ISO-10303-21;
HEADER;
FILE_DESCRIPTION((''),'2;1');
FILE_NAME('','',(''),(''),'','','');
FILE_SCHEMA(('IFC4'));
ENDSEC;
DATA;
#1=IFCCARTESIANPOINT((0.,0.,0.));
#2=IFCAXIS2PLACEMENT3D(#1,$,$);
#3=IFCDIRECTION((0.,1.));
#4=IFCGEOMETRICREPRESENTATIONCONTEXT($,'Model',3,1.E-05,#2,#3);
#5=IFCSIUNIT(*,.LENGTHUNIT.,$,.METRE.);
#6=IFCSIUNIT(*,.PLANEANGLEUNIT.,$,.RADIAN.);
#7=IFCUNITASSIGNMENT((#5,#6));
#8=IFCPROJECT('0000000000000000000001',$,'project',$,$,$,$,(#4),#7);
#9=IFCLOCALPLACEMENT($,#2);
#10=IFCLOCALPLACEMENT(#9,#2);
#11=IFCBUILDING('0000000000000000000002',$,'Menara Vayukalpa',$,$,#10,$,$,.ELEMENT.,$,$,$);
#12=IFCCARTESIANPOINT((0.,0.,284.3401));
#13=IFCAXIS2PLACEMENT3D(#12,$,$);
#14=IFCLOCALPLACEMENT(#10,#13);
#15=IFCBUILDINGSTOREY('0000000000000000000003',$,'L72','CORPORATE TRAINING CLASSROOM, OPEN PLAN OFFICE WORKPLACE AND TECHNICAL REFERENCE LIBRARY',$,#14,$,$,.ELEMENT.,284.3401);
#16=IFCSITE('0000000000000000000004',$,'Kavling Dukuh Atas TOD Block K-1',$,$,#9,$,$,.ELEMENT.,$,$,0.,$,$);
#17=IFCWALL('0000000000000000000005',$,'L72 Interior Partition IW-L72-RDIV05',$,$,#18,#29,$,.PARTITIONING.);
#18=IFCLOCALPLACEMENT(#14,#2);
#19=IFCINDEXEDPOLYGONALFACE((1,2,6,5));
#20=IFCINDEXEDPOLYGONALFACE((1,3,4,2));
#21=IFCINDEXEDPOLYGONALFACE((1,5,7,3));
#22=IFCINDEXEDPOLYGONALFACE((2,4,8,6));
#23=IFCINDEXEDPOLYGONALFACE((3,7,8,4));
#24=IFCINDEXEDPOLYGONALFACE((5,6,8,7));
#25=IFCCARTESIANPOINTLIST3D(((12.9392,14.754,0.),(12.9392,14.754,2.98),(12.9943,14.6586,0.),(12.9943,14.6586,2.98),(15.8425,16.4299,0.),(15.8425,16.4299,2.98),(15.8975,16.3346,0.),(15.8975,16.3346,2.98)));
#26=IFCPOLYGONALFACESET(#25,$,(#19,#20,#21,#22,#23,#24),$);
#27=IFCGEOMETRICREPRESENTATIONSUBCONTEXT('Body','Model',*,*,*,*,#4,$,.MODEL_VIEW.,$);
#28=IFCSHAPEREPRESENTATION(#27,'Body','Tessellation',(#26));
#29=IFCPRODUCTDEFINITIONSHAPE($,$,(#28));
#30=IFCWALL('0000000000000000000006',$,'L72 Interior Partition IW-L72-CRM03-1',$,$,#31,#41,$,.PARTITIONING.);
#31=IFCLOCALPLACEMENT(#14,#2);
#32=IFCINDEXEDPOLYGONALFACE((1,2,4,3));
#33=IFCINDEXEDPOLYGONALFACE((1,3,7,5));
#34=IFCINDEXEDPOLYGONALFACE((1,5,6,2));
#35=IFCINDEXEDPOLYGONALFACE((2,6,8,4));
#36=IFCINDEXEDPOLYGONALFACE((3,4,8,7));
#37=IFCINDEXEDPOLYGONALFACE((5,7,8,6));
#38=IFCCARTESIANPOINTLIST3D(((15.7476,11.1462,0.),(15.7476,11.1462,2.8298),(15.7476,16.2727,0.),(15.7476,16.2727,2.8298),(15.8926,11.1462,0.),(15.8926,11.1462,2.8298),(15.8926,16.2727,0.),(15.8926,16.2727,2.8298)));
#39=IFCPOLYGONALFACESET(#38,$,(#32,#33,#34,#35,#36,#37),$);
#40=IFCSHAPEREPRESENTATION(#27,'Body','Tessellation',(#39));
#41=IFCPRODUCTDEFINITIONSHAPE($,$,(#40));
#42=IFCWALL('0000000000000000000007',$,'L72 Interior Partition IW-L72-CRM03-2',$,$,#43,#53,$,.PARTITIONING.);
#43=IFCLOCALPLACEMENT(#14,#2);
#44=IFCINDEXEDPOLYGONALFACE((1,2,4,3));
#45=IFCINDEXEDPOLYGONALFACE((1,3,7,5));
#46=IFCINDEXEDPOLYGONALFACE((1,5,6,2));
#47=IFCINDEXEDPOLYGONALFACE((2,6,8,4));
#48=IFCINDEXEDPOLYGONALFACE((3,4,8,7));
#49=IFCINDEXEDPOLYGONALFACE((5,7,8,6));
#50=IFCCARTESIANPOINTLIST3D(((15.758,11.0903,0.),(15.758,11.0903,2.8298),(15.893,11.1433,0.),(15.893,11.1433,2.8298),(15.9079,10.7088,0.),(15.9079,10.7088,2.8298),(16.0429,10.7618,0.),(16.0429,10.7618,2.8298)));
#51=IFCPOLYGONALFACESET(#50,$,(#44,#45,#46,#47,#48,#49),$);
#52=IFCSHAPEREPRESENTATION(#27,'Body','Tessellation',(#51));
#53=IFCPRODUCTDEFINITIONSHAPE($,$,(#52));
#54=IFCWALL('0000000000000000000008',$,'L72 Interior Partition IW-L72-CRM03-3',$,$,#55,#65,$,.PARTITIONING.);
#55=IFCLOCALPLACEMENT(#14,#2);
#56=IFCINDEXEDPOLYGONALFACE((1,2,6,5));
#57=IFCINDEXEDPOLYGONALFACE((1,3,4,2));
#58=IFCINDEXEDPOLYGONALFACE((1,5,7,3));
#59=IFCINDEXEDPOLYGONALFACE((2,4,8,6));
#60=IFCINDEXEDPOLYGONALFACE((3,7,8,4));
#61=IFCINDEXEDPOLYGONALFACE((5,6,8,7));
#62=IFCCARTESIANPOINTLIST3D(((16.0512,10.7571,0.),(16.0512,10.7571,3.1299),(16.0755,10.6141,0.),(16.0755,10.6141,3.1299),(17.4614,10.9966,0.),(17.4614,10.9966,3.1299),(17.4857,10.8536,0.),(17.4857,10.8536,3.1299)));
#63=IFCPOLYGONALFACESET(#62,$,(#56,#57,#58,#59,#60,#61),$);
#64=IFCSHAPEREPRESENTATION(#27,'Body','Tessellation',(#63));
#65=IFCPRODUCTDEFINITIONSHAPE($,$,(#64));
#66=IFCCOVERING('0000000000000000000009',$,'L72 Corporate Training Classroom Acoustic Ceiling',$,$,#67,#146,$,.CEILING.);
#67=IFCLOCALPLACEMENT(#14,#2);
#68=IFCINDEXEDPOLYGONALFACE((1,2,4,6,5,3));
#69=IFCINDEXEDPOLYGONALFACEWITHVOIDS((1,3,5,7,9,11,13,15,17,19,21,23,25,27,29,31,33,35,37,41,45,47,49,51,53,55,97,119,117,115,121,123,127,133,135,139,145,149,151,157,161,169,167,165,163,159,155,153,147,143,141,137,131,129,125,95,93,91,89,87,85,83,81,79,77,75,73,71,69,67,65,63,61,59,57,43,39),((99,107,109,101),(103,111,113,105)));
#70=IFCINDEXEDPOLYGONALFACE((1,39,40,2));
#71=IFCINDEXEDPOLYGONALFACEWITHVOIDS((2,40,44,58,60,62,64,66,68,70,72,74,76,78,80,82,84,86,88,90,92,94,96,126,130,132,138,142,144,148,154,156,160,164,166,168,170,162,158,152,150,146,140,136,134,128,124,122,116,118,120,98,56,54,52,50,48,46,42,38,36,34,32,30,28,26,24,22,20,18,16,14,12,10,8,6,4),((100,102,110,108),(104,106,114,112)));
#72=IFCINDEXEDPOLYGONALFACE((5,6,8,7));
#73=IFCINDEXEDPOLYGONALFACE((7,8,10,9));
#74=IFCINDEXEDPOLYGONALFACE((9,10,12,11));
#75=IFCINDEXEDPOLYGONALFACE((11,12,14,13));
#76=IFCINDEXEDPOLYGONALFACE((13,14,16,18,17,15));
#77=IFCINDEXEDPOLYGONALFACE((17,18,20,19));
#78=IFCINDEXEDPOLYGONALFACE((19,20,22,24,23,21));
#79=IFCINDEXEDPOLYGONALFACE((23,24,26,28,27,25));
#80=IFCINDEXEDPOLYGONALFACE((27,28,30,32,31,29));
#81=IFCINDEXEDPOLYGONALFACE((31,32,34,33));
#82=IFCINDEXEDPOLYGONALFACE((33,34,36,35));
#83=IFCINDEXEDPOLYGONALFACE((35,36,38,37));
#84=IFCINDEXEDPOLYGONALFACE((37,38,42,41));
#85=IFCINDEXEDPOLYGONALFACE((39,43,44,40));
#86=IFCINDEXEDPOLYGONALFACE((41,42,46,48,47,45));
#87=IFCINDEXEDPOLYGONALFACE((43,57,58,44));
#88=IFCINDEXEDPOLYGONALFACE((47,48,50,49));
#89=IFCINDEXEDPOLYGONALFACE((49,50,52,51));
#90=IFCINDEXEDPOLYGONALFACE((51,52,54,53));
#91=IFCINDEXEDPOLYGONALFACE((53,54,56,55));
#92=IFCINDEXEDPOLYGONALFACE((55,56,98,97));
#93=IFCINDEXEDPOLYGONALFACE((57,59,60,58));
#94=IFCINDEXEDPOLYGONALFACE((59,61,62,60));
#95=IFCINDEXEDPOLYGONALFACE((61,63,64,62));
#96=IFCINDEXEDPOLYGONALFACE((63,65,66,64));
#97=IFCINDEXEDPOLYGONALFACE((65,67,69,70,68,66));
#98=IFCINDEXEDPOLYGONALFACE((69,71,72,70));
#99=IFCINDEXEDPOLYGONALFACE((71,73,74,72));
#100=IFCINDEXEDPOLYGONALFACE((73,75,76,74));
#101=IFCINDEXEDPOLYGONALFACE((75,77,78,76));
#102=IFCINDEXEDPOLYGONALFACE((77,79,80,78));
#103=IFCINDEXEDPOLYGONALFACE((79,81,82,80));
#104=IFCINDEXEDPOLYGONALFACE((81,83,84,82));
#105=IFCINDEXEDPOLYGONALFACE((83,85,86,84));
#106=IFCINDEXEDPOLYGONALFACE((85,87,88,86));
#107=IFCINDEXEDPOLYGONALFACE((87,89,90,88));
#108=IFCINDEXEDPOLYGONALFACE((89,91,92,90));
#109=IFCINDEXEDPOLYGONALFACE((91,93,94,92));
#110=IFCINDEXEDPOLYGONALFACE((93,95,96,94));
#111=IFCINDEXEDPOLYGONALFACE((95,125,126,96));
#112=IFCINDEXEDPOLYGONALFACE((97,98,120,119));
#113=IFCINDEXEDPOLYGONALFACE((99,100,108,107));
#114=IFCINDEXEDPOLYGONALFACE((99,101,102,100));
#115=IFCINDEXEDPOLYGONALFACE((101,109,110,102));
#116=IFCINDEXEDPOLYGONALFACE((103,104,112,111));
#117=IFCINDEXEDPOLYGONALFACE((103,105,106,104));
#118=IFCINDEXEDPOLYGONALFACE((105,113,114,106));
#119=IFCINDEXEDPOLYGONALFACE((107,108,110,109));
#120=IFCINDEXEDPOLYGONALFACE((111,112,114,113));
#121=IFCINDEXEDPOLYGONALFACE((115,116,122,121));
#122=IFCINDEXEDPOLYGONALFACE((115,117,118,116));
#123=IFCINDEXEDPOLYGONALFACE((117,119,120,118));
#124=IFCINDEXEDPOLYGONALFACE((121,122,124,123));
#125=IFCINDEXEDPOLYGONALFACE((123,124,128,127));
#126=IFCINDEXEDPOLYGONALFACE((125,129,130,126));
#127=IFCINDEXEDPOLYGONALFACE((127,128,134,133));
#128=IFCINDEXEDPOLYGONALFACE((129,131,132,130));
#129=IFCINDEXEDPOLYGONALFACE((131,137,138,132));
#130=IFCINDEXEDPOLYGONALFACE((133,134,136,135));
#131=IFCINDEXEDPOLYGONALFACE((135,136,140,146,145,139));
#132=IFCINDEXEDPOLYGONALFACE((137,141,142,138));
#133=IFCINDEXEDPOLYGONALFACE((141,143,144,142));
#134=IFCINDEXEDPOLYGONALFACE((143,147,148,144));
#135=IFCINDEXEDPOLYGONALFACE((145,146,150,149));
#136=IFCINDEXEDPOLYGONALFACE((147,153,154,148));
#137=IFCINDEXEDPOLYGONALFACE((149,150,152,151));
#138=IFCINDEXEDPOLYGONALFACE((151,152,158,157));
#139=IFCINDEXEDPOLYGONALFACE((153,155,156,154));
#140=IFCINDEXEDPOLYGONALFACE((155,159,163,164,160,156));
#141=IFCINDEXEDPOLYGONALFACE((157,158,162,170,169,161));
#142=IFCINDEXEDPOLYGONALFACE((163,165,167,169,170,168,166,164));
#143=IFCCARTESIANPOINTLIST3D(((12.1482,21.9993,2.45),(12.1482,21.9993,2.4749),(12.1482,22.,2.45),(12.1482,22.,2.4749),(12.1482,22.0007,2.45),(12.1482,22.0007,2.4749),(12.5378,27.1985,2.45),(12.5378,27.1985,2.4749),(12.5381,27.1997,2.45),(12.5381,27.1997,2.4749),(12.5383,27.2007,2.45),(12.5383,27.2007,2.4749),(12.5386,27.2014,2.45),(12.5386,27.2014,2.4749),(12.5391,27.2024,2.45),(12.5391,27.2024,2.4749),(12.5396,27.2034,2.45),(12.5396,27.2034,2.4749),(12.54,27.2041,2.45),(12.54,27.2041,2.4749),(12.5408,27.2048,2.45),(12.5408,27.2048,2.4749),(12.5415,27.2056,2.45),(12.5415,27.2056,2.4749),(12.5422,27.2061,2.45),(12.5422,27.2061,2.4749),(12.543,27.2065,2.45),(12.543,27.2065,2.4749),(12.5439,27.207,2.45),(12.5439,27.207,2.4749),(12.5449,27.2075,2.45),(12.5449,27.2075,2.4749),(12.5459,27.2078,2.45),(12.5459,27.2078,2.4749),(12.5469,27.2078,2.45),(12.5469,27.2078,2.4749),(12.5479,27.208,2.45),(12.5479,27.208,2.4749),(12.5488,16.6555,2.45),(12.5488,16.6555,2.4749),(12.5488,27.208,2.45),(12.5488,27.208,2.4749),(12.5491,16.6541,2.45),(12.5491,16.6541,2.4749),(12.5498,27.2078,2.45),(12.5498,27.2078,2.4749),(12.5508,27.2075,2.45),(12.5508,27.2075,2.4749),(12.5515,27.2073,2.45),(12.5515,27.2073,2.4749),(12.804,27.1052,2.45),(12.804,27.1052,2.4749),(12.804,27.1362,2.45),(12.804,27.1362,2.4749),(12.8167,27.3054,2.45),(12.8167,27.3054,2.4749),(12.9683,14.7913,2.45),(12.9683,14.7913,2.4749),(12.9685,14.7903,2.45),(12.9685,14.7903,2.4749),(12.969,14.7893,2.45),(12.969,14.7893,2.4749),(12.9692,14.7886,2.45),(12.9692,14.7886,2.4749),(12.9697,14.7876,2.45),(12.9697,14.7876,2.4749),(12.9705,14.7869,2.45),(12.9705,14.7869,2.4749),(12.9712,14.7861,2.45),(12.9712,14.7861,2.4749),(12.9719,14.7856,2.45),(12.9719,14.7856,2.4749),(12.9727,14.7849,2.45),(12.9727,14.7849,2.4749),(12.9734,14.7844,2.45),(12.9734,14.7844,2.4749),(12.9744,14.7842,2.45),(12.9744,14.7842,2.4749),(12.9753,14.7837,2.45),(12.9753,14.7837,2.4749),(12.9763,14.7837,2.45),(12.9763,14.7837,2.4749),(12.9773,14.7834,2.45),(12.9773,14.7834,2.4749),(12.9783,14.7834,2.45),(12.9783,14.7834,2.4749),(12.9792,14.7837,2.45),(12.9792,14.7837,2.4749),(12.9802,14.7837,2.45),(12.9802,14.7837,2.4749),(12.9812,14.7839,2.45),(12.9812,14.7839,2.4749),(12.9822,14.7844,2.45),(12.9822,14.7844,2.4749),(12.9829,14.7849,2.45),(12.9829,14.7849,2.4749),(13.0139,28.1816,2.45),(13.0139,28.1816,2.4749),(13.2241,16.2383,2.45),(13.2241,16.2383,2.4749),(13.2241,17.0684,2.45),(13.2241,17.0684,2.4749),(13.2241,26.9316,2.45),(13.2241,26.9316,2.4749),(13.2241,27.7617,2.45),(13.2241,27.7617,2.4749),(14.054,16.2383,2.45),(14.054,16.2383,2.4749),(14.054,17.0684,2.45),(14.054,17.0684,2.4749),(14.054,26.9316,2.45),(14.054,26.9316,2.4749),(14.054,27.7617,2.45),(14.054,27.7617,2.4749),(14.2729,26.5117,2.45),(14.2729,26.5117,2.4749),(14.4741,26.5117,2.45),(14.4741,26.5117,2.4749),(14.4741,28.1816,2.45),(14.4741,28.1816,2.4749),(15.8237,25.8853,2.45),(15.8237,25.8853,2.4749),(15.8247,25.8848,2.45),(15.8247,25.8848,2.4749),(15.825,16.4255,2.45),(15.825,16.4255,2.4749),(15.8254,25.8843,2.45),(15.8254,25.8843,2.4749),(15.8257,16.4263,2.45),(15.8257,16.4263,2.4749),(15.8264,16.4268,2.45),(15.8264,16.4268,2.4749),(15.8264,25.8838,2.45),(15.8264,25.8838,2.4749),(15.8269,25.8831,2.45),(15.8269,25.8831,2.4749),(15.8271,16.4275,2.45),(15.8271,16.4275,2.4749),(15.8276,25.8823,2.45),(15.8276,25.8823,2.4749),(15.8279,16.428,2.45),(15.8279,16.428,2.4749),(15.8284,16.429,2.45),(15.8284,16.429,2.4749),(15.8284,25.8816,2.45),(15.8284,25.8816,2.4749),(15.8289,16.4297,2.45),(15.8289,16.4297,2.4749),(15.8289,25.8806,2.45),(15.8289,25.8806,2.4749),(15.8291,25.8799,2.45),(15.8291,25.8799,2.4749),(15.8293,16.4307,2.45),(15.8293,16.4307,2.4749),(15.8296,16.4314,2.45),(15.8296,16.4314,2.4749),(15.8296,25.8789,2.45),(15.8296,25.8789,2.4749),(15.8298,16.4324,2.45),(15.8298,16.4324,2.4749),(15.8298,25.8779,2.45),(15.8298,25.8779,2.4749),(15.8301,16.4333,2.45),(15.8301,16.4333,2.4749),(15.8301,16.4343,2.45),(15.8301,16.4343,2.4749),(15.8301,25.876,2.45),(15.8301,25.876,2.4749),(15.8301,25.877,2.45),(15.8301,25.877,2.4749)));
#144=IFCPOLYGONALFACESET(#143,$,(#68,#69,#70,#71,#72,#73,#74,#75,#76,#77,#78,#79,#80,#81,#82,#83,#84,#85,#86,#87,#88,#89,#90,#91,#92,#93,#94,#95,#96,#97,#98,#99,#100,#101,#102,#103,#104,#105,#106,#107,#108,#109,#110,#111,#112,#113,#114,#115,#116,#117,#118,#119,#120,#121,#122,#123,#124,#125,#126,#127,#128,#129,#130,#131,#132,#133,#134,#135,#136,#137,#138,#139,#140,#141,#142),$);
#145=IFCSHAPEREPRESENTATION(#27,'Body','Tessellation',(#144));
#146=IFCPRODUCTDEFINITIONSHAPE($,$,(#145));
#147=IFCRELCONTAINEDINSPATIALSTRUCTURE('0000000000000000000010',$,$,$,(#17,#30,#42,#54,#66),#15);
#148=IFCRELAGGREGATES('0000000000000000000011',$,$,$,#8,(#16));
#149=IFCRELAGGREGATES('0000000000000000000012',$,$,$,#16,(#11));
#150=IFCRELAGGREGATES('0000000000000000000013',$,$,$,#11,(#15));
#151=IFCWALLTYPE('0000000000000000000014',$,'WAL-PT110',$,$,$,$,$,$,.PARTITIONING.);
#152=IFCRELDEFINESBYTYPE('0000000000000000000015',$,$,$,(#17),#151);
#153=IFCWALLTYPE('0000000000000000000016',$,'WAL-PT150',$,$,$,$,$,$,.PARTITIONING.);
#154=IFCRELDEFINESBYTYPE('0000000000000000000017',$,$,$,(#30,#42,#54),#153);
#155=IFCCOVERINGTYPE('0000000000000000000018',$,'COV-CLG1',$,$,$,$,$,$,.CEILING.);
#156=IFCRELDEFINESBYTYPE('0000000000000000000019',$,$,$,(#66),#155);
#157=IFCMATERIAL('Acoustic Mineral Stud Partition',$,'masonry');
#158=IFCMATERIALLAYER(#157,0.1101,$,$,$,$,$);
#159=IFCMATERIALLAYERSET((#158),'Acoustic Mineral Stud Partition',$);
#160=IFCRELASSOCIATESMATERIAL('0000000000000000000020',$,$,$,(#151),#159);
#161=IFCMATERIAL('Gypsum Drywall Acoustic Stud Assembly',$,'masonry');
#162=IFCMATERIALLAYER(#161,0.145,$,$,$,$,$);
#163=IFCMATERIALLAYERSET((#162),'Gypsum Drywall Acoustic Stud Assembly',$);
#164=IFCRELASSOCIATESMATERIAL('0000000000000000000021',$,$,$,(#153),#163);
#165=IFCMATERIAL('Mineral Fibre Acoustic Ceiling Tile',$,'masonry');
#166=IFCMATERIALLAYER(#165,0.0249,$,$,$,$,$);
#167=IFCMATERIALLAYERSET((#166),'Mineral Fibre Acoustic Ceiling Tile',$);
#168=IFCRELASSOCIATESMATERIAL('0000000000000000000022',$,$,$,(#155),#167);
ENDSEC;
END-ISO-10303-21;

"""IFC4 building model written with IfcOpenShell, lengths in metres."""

from ifc_helpers import new_model, si_unit, direction, frame, frame_2d, origin, place, context, subcontext, project, spatial, polyline, rectangle, outline, extrude, material, layer, layer_set, type_object, element, save


model = new_model("IFC4")

# Units and contexts
model_context = context("Model", 3, precision=1e-05, world=origin(), true_north=direction((0.0, 1.0)))
body_context = subcontext(model_context, "Body", "Model", "MODEL_VIEW")
ifc_project = project(units=[si_unit("LENGTHUNIT", "METRE"), si_unit("PLANEANGLEUNIT", "RADIAN")], contexts=[model_context])

# Site, building, storey
site_placement = place(None, origin())
site = spatial("IfcSite", under=ifc_project, at=site_placement, Name="Kavling Dukuh Atas TOD Block K-1", CompositionType="ELEMENT", RefElevation=0.0)
building_placement = place(site_placement, origin())
building = spatial("IfcBuilding", under=site, at=building_placement, Name="Menara Vayukalpa", CompositionType="ELEMENT")
storey_placement = place(building_placement, frame((0.0, 0.0, 284.3401)))
storey = spatial("IfcBuildingStorey", under=building, at=storey_placement, Name="L72", Description="CORPORATE TRAINING CLASSROOM, OPEN PLAN OFFICE WORKPLACE AND TECHNICAL REFERENCE LIBRARY", CompositionType="ELEMENT", Elevation=284.3401)

# Walls
ifc_material_1 = material(Name="Acoustic Mineral Stud Partition", Category="masonry")
ifc_layer_1 = layer(ifc_material_1, 0.1101)
ifc_layer_set_1 = layer_set([ifc_layer_1], Name="Acoustic Mineral Stud Partition")
wall_type_1 = type_object("IfcWallType", Name="WAL-PT110", PredefinedType="PARTITIONING", material=ifc_layer_set_1)
wall_1_placement = place(storey_placement, frame((15.8701, 16.3823, 0.0), z_axis=(0.0, 0.0, 1.0), x_axis=(-0.866052, -0.499954, 0.0)))
element("IfcWall", 1, at=wall_1_placement, inside=storey, type_object=wall_type_1, Name="L72 Interior Partition IW-L72-RDIV05", PredefinedType="PARTITIONING", context=body_context, shape_type="SweptSolid", body=[
    extrude(rectangle(XDim=3.3523, YDim=0.1101, at=frame_2d((1.6763, 0.0))), origin(), (0.0, 0.0, 1.0), 2.98),
])
ifc_material_2 = material(Name="Gypsum Drywall Acoustic Stud Assembly", Category="masonry")
ifc_layer_2 = layer(ifc_material_2, 0.145)
ifc_layer_set_2 = layer_set([ifc_layer_2], Name="Gypsum Drywall Acoustic Stud Assembly")
wall_type_2 = type_object("IfcWallType", Name="WAL-PT150", PredefinedType="PARTITIONING", material=ifc_layer_set_2)
wall_2_placement = place(storey_placement, frame((15.8201, 16.2727, 0.0), z_axis=(0.0, 0.0, 1.0), x_axis=(0.0, -1.0, 0.0)))
element("IfcWall", 2, at=wall_2_placement, inside=storey, type_object=wall_type_2, Name="L72 Interior Partition IW-L72-CRM03-1", PredefinedType="PARTITIONING", context=body_context, shape_type="SweptSolid", body=[
    extrude(rectangle(XDim=5.1265, YDim=0.145, at=frame_2d((2.5632, 0.0))), origin(), (0.0, 0.0, 1.0), 2.8298),
])
wall_3_placement = place(storey_placement, frame((15.8254, 11.1169, 0.0), z_axis=(0.0, 0.0, 1.0), x_axis=(0.365634, -0.930759, 0.0)))
element("IfcWall", 3, at=wall_3_placement, inside=storey, type_object=wall_type_2, Name="L72 Interior Partition IW-L72-CRM03-2", PredefinedType="PARTITIONING", context=body_context, shape_type="SweptSolid", body=[
    extrude(rectangle(XDim=0.4099, YDim=0.145, at=frame_2d((0.2051, 0.0))), origin(), (0.0, 0.0, 1.0), 2.8298),
])
wall_4_placement = place(storey_placement, frame((16.0632, 10.6855, 0.0), z_axis=(0.0, 0.0, 1.0), x_axis=(0.985882, 0.167443, 0.0)))
element("IfcWall", 4, at=wall_4_placement, inside=storey, type_object=wall_type_2, Name="L72 Interior Partition IW-L72-CRM03-3", PredefinedType="PARTITIONING", context=body_context, shape_type="SweptSolid", body=[
    extrude(rectangle(XDim=1.4304, YDim=0.145, at=frame_2d((0.7153, 0.0))), origin(), (0.0, 0.0, 1.0), 3.1299),
])

# Covering
ifc_material_3 = material(Name="Mineral Fibre Acoustic Ceiling Tile", Category="masonry")
ifc_layer_3 = layer(ifc_material_3, 0.0249)
ifc_layer_set_3 = layer_set([ifc_layer_3], Name="Mineral Fibre Acoustic Ceiling Tile")
covering_type_1 = type_object("IfcCoveringType", Name="COV-CLG1", PredefinedType="CEILING", material=ifc_layer_set_3)
covering_1_placement = place(storey_placement, frame((0.0, 0.0, 2.45)))
element("IfcCovering", 5, at=covering_1_placement, inside=storey, type_object=covering_type_1, Name="L72 Corporate Training Classroom Acoustic Ceiling", PredefinedType="CEILING", context=body_context, shape_type="SweptSolid", body=[
    extrude(outline(polyline([(12.1482, 22.0), (12.1482, 22.0007), (12.5378, 27.1985), (12.5381, 27.1997), (12.5383, 27.2007), (12.5386, 27.2014), (12.5391, 27.2024), (12.5396, 27.2034), (12.54, 27.2041), (12.5408, 27.2048), (12.5415, 27.2056), (12.5422, 27.2061), (12.543, 27.2065), (12.5439, 27.207), (12.5449, 27.2075), (12.5459, 27.2078), (12.5469, 27.2078), (12.5479, 27.208), (12.5488, 27.208), (12.5498, 27.2078), (12.5508, 27.2075), (12.5515, 27.2073), (12.804, 27.1052), (12.804, 27.1362), (12.8167, 27.3054), (13.0139, 28.1816), (14.4741, 28.1816), (14.4741, 26.5117), (14.2729, 26.5117), (15.8237, 25.8853), (15.8247, 25.8848), (15.8254, 25.8843), (15.8264, 25.8838), (15.8269, 25.8831), (15.8276, 25.8823), (15.8284, 25.8816), (15.8289, 25.8806), (15.8291, 25.8799), (15.8296, 25.8789), (15.8298, 25.8779), (15.8301, 25.877), (15.8301, 25.876), (15.8301, 16.4343), (15.8301, 16.4333), (15.8298, 16.4324), (15.8296, 16.4314), (15.8293, 16.4307), (15.8289, 16.4297), (15.8284, 16.429), (15.8279, 16.428), (15.8271, 16.4275), (15.8264, 16.4268), (15.8257, 16.4263), (15.825, 16.4255), (12.9829, 14.7849), (12.9822, 14.7844), (12.9812, 14.7839), (12.9802, 14.7837), (12.9792, 14.7837), (12.9783, 14.7834), (12.9773, 14.7834), (12.9763, 14.7837), (12.9753, 14.7837), (12.9744, 14.7842), (12.9734, 14.7844), (12.9727, 14.7849), (12.9719, 14.7856), (12.9712, 14.7861), (12.9705, 14.7869), (12.9697, 14.7876), (12.9692, 14.7886), (12.969, 14.7893), (12.9685, 14.7903), (12.9683, 14.7913), (12.5491, 16.6541), (12.5488, 16.6555), (12.1482, 21.9993), (12.1482, 22.0)]), holes=[polyline([(14.054, 17.0684), (13.2241, 17.0684), (13.2241, 16.2383), (14.054, 16.2383), (14.054, 17.0684)]), polyline([(14.054, 27.7617), (13.2241, 27.7617), (13.2241, 26.9316), (14.054, 26.9316), (14.054, 27.7617)])]), origin(), (0.0, 0.0, 1.0), 0.0249),
])

save(model, "model.ifc")
